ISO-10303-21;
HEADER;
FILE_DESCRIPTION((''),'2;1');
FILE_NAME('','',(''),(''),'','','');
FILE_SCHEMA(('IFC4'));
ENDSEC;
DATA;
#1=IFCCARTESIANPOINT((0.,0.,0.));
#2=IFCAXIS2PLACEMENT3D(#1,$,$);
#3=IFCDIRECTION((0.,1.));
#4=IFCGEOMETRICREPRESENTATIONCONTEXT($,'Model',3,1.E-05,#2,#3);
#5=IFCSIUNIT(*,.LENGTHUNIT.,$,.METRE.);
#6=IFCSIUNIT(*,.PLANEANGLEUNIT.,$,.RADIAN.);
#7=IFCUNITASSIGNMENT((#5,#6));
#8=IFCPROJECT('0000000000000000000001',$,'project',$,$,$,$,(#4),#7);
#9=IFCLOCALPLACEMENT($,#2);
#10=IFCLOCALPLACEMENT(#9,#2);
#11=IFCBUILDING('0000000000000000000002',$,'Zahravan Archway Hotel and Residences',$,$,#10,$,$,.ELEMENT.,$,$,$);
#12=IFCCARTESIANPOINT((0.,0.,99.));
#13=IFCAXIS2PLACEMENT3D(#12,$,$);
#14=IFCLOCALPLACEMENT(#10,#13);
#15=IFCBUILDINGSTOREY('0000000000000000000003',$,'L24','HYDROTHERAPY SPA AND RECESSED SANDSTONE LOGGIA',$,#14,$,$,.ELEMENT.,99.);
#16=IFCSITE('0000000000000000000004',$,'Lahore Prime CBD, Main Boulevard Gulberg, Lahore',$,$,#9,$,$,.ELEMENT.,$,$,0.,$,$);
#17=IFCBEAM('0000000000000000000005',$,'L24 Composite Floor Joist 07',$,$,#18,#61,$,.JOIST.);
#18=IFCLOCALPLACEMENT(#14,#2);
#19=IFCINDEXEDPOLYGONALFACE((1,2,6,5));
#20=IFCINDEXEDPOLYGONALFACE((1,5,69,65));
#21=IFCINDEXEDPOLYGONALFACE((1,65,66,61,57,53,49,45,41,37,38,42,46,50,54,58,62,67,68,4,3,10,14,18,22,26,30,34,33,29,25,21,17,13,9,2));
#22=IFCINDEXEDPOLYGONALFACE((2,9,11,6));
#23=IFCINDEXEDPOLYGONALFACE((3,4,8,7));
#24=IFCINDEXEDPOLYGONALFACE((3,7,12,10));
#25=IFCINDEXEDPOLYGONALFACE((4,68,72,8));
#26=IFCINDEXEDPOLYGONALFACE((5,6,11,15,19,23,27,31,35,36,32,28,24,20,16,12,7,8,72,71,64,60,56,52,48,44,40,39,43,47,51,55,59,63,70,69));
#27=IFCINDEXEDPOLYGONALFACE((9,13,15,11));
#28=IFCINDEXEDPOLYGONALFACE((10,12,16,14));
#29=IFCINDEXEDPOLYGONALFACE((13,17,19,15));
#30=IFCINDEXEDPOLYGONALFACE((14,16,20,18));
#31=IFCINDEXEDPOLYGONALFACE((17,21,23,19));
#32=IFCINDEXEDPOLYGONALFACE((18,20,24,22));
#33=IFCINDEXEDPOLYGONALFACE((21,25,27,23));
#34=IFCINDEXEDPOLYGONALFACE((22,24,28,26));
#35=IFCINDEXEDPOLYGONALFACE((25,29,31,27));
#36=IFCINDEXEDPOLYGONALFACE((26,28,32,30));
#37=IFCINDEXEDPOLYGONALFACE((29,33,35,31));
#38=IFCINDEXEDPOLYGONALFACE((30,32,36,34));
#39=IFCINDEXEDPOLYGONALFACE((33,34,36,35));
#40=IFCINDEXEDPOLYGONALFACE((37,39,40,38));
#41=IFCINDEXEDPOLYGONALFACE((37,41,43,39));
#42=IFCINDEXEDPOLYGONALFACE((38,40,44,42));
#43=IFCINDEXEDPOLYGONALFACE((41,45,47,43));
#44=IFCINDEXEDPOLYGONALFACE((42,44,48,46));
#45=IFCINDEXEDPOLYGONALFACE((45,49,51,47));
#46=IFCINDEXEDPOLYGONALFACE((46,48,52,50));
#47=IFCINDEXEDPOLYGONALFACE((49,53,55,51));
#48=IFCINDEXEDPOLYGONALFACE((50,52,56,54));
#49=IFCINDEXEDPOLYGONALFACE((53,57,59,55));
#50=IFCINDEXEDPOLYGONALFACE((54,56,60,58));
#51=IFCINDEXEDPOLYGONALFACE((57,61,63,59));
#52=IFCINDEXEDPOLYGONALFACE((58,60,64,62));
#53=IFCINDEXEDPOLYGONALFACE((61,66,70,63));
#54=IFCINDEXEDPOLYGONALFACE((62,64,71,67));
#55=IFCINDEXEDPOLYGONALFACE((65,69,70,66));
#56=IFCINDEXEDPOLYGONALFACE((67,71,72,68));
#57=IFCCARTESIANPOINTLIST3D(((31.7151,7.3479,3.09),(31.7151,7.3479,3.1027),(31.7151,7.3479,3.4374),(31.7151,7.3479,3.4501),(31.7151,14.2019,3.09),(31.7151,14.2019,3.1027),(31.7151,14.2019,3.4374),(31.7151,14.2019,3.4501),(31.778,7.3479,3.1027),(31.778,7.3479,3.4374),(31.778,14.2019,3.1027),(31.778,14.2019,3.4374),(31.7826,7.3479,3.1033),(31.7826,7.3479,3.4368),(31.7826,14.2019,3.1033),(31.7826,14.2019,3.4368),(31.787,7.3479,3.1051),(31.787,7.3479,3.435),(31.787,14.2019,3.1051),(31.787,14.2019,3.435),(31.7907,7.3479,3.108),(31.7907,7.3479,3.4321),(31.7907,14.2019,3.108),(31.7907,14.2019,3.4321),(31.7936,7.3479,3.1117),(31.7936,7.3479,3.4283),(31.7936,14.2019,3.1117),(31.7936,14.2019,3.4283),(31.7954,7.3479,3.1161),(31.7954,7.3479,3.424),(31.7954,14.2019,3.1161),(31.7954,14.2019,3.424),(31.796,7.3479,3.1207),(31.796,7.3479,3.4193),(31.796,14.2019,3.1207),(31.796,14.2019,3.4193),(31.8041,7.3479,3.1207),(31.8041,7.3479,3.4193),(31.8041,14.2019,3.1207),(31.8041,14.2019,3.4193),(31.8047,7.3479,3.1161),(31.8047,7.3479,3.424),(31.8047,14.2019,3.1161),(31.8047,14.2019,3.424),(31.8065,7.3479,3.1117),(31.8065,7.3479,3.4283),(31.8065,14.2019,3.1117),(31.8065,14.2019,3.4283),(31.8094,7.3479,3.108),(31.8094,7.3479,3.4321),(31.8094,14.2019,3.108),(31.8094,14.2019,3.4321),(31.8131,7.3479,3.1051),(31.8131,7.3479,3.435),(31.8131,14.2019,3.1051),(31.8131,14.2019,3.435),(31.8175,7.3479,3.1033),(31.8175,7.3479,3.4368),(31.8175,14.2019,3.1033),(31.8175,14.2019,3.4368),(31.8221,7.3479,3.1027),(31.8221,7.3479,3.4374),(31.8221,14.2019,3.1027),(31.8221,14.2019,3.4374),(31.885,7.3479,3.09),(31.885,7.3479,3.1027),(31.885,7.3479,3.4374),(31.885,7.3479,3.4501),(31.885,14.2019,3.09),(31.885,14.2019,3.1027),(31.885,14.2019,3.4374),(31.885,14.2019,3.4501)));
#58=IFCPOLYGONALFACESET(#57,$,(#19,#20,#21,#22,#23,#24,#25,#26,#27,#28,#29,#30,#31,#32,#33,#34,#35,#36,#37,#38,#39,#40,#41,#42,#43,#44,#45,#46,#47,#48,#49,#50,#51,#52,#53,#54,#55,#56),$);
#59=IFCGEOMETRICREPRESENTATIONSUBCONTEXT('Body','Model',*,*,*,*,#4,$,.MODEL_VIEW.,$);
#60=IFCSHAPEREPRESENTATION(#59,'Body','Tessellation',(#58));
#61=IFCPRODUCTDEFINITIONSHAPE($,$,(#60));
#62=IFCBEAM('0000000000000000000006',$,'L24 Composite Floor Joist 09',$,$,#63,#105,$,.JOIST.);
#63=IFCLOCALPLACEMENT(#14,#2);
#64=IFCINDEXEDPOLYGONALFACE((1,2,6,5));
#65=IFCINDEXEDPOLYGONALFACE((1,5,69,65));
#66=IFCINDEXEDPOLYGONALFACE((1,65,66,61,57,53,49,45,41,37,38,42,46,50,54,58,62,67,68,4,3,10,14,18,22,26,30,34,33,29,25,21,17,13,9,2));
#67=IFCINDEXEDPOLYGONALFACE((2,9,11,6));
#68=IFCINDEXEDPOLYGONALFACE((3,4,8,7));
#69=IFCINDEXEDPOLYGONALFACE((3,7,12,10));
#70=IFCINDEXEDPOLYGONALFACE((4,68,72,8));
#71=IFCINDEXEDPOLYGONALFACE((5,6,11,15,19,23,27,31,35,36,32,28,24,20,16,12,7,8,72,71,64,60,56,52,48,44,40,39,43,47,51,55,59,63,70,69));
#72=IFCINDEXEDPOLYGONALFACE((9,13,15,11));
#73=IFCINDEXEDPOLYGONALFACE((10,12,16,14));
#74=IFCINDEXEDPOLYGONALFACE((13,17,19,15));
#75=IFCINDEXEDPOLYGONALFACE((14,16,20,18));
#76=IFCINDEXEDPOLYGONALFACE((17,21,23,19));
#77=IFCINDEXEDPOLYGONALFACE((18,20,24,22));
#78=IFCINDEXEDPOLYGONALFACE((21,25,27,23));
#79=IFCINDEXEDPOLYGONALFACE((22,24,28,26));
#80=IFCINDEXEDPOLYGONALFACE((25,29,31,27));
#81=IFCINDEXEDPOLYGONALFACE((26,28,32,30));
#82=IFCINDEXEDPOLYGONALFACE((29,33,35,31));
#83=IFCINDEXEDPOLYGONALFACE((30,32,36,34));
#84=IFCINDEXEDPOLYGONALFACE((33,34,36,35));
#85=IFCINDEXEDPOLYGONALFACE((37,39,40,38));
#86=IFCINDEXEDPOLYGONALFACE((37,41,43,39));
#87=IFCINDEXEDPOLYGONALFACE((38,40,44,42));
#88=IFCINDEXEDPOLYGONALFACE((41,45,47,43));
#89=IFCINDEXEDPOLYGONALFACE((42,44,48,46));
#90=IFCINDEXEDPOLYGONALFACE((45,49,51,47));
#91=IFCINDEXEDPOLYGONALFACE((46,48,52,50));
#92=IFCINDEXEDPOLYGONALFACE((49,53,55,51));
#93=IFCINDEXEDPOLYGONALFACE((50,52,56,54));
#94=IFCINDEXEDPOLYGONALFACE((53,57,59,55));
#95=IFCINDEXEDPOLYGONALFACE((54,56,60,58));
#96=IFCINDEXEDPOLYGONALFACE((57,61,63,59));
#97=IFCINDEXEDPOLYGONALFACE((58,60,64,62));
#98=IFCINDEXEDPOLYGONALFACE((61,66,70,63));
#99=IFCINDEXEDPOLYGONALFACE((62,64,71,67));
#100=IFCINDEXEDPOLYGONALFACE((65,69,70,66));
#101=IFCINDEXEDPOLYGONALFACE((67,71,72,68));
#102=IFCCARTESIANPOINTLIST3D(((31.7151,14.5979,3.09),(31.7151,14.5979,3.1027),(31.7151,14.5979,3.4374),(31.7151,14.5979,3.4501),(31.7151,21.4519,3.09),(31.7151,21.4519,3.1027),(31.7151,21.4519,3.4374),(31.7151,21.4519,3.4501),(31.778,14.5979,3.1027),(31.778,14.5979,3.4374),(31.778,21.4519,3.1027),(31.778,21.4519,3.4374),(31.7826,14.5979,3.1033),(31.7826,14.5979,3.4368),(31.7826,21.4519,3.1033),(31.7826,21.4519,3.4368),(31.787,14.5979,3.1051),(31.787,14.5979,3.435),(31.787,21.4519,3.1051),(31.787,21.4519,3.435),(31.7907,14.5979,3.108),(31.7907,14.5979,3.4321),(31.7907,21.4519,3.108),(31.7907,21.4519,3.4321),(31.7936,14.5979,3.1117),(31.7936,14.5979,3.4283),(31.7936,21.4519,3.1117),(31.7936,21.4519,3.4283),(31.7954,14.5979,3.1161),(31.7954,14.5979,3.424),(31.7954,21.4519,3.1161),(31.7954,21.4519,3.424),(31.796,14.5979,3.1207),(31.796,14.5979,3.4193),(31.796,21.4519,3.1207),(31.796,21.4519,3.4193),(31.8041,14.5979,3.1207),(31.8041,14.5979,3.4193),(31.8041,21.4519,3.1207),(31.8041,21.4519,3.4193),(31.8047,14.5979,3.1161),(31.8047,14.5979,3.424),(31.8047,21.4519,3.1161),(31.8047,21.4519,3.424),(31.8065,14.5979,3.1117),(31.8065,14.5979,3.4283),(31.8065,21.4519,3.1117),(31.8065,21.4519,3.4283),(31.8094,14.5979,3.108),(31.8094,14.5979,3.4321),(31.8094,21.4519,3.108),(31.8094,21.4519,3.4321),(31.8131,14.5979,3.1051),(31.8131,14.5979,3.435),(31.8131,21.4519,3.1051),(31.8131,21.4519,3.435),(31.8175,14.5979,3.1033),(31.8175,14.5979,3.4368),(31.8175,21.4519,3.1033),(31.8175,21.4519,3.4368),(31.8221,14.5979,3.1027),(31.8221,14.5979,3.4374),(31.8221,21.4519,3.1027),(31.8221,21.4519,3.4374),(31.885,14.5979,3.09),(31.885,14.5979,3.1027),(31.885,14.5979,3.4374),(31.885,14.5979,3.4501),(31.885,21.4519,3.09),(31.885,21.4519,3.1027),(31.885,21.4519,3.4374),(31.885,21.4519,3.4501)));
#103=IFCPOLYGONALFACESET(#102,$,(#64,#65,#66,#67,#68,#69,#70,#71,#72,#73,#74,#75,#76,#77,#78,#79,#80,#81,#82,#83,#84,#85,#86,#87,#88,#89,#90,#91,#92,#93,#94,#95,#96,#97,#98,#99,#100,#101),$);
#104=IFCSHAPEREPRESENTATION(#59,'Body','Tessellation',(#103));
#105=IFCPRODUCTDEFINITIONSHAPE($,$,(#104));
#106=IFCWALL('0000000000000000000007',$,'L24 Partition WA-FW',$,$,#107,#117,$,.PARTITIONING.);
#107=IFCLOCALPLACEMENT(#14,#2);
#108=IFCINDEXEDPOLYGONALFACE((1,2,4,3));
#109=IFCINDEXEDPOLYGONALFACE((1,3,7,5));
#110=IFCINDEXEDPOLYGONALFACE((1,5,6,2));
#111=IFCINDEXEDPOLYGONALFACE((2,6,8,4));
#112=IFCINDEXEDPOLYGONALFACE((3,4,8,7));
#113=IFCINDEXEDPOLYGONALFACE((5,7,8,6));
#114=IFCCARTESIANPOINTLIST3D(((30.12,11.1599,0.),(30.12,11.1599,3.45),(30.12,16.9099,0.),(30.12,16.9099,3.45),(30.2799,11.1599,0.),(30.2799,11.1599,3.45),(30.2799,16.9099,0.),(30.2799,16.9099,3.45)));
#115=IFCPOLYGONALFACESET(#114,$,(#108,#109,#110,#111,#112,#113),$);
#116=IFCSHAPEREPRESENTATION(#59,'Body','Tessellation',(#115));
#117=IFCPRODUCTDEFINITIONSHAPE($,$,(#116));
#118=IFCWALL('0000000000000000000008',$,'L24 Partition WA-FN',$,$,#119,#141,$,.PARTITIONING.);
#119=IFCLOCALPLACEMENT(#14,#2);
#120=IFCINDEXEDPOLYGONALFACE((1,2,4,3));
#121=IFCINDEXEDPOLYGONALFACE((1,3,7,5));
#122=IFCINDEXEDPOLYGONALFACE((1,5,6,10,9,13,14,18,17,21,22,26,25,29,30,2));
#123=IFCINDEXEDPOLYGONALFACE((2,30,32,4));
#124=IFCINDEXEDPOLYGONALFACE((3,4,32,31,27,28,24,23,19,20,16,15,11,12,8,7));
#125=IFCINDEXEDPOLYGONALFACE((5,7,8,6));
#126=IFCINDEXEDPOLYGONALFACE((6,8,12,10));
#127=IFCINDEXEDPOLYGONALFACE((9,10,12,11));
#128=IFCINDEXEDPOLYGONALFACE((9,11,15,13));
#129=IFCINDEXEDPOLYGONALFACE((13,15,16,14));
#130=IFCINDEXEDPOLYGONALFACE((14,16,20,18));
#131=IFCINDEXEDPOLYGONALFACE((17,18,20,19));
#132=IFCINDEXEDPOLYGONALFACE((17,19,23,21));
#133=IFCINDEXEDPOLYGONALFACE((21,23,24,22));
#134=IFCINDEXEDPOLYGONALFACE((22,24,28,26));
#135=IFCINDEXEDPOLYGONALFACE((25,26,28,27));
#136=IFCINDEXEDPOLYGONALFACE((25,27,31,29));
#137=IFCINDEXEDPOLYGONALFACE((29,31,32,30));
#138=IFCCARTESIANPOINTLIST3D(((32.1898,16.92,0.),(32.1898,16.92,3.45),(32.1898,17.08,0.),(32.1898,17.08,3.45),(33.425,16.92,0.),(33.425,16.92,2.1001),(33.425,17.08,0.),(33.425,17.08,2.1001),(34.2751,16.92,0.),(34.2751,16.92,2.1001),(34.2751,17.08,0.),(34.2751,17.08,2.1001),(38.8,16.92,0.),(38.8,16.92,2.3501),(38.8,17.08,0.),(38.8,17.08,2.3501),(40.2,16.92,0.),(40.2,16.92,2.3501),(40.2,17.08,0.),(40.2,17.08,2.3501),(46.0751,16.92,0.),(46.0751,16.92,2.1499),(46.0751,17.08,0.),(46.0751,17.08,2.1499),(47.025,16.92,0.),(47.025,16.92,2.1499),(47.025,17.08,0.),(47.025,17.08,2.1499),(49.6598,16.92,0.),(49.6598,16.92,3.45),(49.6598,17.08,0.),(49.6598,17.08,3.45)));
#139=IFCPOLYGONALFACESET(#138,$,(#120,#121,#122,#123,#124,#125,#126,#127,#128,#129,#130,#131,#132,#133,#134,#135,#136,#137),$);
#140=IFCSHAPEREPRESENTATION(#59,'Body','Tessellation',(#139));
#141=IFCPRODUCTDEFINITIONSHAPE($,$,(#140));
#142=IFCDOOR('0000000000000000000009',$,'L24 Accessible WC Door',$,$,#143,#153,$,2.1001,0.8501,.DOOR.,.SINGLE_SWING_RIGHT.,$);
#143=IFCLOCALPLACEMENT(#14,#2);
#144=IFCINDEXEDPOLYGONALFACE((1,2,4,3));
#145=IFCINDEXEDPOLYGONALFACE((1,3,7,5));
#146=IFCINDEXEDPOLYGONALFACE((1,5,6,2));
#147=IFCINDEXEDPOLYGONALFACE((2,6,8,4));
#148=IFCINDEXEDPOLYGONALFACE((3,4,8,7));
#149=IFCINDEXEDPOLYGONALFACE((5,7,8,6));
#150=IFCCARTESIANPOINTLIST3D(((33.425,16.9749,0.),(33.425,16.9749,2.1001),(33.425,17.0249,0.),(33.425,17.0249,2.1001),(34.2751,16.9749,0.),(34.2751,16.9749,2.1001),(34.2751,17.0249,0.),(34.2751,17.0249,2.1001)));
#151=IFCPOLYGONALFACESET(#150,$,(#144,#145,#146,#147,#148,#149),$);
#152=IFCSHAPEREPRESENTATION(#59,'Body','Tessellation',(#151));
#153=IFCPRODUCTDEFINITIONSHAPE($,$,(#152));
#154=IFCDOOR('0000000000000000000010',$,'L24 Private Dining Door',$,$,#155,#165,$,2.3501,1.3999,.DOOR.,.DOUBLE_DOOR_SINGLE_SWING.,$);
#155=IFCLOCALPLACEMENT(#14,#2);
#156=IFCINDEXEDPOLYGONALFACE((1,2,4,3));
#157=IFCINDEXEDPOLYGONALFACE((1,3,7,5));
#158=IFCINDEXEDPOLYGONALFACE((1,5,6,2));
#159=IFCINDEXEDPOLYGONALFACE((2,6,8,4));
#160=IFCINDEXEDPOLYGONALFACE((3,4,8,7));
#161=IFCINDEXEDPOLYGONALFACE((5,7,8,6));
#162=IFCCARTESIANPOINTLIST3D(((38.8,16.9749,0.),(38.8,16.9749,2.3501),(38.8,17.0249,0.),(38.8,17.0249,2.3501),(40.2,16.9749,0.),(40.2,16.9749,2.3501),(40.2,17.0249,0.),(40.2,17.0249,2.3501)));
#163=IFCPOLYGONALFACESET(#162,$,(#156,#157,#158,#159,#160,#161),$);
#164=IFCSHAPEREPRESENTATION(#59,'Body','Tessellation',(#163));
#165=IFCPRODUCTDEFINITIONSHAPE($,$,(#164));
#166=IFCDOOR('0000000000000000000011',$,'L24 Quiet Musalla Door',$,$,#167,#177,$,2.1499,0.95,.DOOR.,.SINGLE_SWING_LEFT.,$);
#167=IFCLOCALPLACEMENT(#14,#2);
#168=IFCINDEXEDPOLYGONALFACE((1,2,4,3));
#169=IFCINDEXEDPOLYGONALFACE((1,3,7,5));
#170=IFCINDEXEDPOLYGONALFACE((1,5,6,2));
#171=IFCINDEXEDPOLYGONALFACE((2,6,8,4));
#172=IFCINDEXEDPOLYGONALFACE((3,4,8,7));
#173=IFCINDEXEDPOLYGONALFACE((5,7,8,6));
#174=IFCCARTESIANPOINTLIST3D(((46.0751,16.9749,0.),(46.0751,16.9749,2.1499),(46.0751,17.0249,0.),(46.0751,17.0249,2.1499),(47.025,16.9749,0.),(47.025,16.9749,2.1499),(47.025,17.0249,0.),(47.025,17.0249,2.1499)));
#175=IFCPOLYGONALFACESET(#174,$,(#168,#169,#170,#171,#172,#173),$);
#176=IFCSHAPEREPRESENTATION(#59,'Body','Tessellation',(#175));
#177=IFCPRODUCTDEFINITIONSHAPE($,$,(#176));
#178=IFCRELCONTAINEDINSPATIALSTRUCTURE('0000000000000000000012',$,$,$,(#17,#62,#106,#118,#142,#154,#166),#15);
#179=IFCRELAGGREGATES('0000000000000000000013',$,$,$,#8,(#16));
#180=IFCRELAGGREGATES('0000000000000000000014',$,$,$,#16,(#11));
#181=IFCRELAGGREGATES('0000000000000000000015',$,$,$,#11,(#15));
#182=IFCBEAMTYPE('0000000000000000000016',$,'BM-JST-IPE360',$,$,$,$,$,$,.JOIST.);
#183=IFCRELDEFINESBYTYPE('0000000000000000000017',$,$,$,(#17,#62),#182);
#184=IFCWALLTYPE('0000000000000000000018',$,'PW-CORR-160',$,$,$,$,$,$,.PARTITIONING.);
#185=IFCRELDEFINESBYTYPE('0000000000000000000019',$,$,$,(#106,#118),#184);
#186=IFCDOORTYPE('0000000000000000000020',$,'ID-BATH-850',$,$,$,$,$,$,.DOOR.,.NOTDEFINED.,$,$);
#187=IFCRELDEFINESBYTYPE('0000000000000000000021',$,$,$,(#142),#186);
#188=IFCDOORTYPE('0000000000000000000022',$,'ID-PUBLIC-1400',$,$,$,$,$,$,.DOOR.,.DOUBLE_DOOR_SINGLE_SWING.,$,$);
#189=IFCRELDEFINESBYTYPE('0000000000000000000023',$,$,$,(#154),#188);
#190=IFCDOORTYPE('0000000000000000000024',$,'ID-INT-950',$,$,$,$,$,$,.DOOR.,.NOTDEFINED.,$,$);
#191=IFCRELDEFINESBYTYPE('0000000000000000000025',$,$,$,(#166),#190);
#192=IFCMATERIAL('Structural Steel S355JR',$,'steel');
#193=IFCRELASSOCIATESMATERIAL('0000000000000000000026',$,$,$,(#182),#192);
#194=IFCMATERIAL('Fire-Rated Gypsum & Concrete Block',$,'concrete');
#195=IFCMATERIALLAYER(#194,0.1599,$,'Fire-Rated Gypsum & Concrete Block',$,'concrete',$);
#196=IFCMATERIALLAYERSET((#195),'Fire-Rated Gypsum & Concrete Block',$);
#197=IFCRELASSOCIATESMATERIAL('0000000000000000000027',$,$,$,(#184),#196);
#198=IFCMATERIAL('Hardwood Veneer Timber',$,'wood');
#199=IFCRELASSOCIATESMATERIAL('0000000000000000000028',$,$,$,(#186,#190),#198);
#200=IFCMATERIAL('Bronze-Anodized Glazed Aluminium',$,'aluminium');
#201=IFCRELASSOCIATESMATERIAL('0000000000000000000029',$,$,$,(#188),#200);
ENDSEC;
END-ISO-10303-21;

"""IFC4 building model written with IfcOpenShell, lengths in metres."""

from ifc_helpers import new_model, si_unit, direction, frame, frame_2d, origin, origin_2d, place, context, subcontext, project, spatial, rectangle, i_section, extrude, source, transform, mapped, material, layer, layer_set, material_profile, profile_set, type_object, type_shapes, element, fill, save


model = new_model("IFC4")

# Units and contexts
model_context = context("Model", 3, precision=1e-05, world=origin(), true_north=direction((0.0, 1.0)))
body_context = subcontext(model_context, "Body", "Model", "MODEL_VIEW")
ifc_project = project(units=[si_unit("LENGTHUNIT", "METRE"), si_unit("PLANEANGLEUNIT", "RADIAN")], contexts=[model_context])

# Site, building, storey
site_placement = place(None, origin())
site = spatial("IfcSite", under=ifc_project, at=site_placement, Name="Lahore Prime CBD, Main Boulevard Gulberg, Lahore", CompositionType="ELEMENT", RefElevation=0.0)
building_placement = place(site_placement, origin())
building = spatial("IfcBuilding", under=site, at=building_placement, Name="Zahravan Archway Hotel and Residences", CompositionType="ELEMENT")
storey_placement = place(building_placement, frame((0.0, 0.0, 99.0)))
storey = spatial("IfcBuildingStorey", under=building, at=storey_placement, Name="L24", Description="HYDROTHERAPY SPA AND RECESSED SANDSTONE LOGGIA", CompositionType="ELEMENT", Elevation=99.0)

# Beams
ifc_material_1 = material(Name="Structural Steel S355JR", Category="steel")
ifc_material_profile_1 = material_profile(ifc_material_1, i_section(OverallWidth=0.1699, OverallDepth=0.3601, WebThickness=0.0081, FlangeThickness=0.0127, FilletRadius=0.0181, at=origin_2d()), Name="IPE 360", Category="steel")
ifc_profile_set_1 = profile_set([ifc_material_profile_1], Name="Structural Steel S355JR")
beam_type_1 = type_object("IfcBeamType", Name="BM-JST-IPE360", PredefinedType="JOIST", material=ifc_profile_set_1)
shared_shape_1 = source(origin(), body_context, "Body", "SweptSolid", [
    extrude(i_section(OverallWidth=0.1699, OverallDepth=0.3601, WebThickness=0.0081, FlangeThickness=0.0127, FilletRadius=0.0181, at=origin_2d()), origin(), (0.0, 0.0, 1.0), 6.854),
])
for number, where, z_axis, x_axis, name in (
    (1, (31.8, 7.3479, 3.27), (0.0, 1.0, 0.0), (-1.0, 0.0, 0.0), "L24 Composite Floor Joist 07"),
    (2, (31.8, 14.5979, 3.27), (0.0, 1.0, 0.0), (-1.0, 0.0, 0.0), "L24 Composite Floor Joist 09"),
):
    element("IfcBeam", number, at=place(storey_placement, frame(where, z_axis=z_axis, x_axis=x_axis)), inside=storey, type_object=beam_type_1, Name=name, PredefinedType="JOIST", context=body_context, shape_type="MappedRepresentation", body=[
        mapped(shared_shape_1, transform((0.0, 0.0, 0.0), scale=1.0)),
    ])

# Wall
ifc_material_2 = material(Name="Fire-Rated Gypsum & Concrete Block", Category="concrete")
ifc_layer_1 = layer(ifc_material_2, 0.1599, Name="Fire-Rated Gypsum & Concrete Block", Category="concrete")
ifc_layer_set_1 = layer_set([ifc_layer_1], Name="Fire-Rated Gypsum & Concrete Block")
wall_type_1 = type_object("IfcWallType", Name="PW-CORR-160", PredefinedType="PARTITIONING", material=ifc_layer_set_1)
wall_1_placement = place(storey_placement, frame((30.2, 11.1599, 0.0), z_axis=(0.0, 0.0, 1.0), x_axis=(0.0, 1.0, 0.0)))
element("IfcWall", 3, at=wall_1_placement, inside=storey, type_object=wall_type_1, Name="L24 Partition WA-FW", PredefinedType="PARTITIONING", context=body_context, shape_type="SweptSolid", body=[
    extrude(rectangle(XDim=5.75, YDim=0.1599, at=frame_2d((2.875, 0.0))), origin(), (0.0, 0.0, 1.0), 3.45),
])

# Wall, openings, doors
wall_2_placement = place(storey_placement, frame((32.1899, 17.0, 0.0), z_axis=(0.0, 0.0, 1.0), x_axis=(1.0, 0.0, 0.0)))
wall_2 = element("IfcWall", 4, at=wall_2_placement, inside=storey, type_object=wall_type_1, Name="L24 Partition WA-FN", PredefinedType="PARTITIONING", context=body_context, shape_type="SweptSolid", body=[
    extrude(rectangle(XDim=17.47, YDim=0.1599, at=frame_2d((8.7349, 0.0))), origin(), (0.0, 0.0, 1.0), 3.45),
])
opening_1_placement = place(wall_2_placement, frame((1.2351, 0.0, 0.0)))
opening_1 = element("IfcOpeningElement", 5, at=opening_1_placement, cuts=wall_2, PredefinedType="OPENING", context=body_context, shape_type="SweptSolid", body=[
    extrude(rectangle(XDim=0.8501, YDim=2.1001, at=frame_2d((0.425, 1.05))), frame((0.0, 0.0898, 0.0), z_axis=(0.0, -1.0, 0.0), x_axis=(1.0, 0.0, 0.0)), (0.0, 0.0, 1.0), 0.1799),
])
opening_2_placement = place(wall_2_placement, frame((6.6101, 0.0, 0.0)))
opening_2 = element("IfcOpeningElement", 6, at=opening_2_placement, cuts=wall_2, PredefinedType="OPENING", context=body_context, shape_type="SweptSolid", body=[
    extrude(rectangle(XDim=1.3999, YDim=2.3501, at=frame_2d((0.7, 1.175))), frame((0.0, 0.0898, 0.0), z_axis=(0.0, -1.0, 0.0), x_axis=(1.0, 0.0, 0.0)), (0.0, 0.0, 1.0), 0.1799),
])
opening_3_placement = place(wall_2_placement, frame((13.885, 0.0, 0.0)))
opening_3 = element("IfcOpeningElement", 7, at=opening_3_placement, cuts=wall_2, PredefinedType="OPENING", context=body_context, shape_type="SweptSolid", body=[
    extrude(rectangle(XDim=0.95, YDim=2.1499, at=frame_2d((0.4751, 1.075))), frame((0.0, 0.0898, 0.0), z_axis=(0.0, -1.0, 0.0), x_axis=(1.0, 0.0, 0.0)), (0.0, 0.0, 1.0), 0.1799),
])
ifc_material_3 = material(Name="Hardwood Veneer Timber", Category="wood")
door_type_1 = type_object("IfcDoorType", Name="ID-BATH-850", OperationType="NOTDEFINED", PredefinedType="DOOR", material=ifc_material_3)
shared_shape_2 = source(origin(), body_context, "Body", "SweptSolid", [
    extrude(rectangle(XDim=0.8501, YDim=2.1001, at=frame_2d((0.425, 1.05))), frame((0.0, 0.0249, 0.0), z_axis=(0.0, -1.0, 0.0), x_axis=(1.0, 0.0, 0.0)), (0.0, 0.0, 1.0), 0.05),
])
type_shapes(door_type_1, [shared_shape_2])
door_1_placement = place(opening_1_placement, origin())
door_1 = element("IfcDoor", 8, at=door_1_placement, inside=storey, type_object=door_type_1, Name="L24 Accessible WC Door", OperationType="SINGLE_SWING_RIGHT", OverallHeight=2.1001, OverallWidth=0.8501, PredefinedType="DOOR", context=body_context, shape_type="MappedRepresentation", body=[
    mapped(shared_shape_2, transform((0.0, 0.0, 0.0), scale=1.0)),
])
fill(opening_1, door_1)
ifc_material_4 = material(Name="Bronze-Anodized Glazed Aluminium", Category="aluminium")
door_type_2 = type_object("IfcDoorType", Name="ID-PUBLIC-1400", OperationType="DOUBLE_DOOR_SINGLE_SWING", PredefinedType="DOOR", material=ifc_material_4)
shared_shape_3 = source(origin(), body_context, "Body", "SweptSolid", [
    extrude(rectangle(XDim=1.3999, YDim=2.3501, at=frame_2d((0.7, 1.175))), frame((0.0, 0.0249, 0.0), z_axis=(0.0, -1.0, 0.0), x_axis=(1.0, 0.0, 0.0)), (0.0, 0.0, 1.0), 0.05),
])
type_shapes(door_type_2, [shared_shape_3])
door_2_placement = place(opening_2_placement, origin())
door_2 = element("IfcDoor", 9, at=door_2_placement, inside=storey, type_object=door_type_2, Name="L24 Private Dining Door", OperationType="DOUBLE_DOOR_SINGLE_SWING", OverallHeight=2.3501, OverallWidth=1.3999, PredefinedType="DOOR", context=body_context, shape_type="MappedRepresentation", body=[
    mapped(shared_shape_3, transform((0.0, 0.0, 0.0), scale=1.0)),
])
fill(opening_2, door_2)
door_type_3 = type_object("IfcDoorType", Name="ID-INT-950", OperationType="NOTDEFINED", PredefinedType="DOOR", material=ifc_material_3)
shared_shape_4 = source(origin(), body_context, "Body", "SweptSolid", [
    extrude(rectangle(XDim=0.95, YDim=2.1499, at=frame_2d((0.4751, 1.075))), frame((0.0, 0.0249, 0.0), z_axis=(0.0, -1.0, 0.0), x_axis=(1.0, 0.0, 0.0)), (0.0, 0.0, 1.0), 0.05),
])
type_shapes(door_type_3, [shared_shape_4])
door_3_placement = place(opening_3_placement, origin())
door_3 = element("IfcDoor", 10, at=door_3_placement, inside=storey, type_object=door_type_3, Name="L24 Quiet Musalla Door", OperationType="SINGLE_SWING_LEFT", OverallHeight=2.1499, OverallWidth=0.95, PredefinedType="DOOR", context=body_context, shape_type="MappedRepresentation", body=[
    mapped(shared_shape_4, transform((0.0, 0.0, 0.0), scale=1.0)),
])
fill(opening_3, door_3)

save(model, "model.ifc")
